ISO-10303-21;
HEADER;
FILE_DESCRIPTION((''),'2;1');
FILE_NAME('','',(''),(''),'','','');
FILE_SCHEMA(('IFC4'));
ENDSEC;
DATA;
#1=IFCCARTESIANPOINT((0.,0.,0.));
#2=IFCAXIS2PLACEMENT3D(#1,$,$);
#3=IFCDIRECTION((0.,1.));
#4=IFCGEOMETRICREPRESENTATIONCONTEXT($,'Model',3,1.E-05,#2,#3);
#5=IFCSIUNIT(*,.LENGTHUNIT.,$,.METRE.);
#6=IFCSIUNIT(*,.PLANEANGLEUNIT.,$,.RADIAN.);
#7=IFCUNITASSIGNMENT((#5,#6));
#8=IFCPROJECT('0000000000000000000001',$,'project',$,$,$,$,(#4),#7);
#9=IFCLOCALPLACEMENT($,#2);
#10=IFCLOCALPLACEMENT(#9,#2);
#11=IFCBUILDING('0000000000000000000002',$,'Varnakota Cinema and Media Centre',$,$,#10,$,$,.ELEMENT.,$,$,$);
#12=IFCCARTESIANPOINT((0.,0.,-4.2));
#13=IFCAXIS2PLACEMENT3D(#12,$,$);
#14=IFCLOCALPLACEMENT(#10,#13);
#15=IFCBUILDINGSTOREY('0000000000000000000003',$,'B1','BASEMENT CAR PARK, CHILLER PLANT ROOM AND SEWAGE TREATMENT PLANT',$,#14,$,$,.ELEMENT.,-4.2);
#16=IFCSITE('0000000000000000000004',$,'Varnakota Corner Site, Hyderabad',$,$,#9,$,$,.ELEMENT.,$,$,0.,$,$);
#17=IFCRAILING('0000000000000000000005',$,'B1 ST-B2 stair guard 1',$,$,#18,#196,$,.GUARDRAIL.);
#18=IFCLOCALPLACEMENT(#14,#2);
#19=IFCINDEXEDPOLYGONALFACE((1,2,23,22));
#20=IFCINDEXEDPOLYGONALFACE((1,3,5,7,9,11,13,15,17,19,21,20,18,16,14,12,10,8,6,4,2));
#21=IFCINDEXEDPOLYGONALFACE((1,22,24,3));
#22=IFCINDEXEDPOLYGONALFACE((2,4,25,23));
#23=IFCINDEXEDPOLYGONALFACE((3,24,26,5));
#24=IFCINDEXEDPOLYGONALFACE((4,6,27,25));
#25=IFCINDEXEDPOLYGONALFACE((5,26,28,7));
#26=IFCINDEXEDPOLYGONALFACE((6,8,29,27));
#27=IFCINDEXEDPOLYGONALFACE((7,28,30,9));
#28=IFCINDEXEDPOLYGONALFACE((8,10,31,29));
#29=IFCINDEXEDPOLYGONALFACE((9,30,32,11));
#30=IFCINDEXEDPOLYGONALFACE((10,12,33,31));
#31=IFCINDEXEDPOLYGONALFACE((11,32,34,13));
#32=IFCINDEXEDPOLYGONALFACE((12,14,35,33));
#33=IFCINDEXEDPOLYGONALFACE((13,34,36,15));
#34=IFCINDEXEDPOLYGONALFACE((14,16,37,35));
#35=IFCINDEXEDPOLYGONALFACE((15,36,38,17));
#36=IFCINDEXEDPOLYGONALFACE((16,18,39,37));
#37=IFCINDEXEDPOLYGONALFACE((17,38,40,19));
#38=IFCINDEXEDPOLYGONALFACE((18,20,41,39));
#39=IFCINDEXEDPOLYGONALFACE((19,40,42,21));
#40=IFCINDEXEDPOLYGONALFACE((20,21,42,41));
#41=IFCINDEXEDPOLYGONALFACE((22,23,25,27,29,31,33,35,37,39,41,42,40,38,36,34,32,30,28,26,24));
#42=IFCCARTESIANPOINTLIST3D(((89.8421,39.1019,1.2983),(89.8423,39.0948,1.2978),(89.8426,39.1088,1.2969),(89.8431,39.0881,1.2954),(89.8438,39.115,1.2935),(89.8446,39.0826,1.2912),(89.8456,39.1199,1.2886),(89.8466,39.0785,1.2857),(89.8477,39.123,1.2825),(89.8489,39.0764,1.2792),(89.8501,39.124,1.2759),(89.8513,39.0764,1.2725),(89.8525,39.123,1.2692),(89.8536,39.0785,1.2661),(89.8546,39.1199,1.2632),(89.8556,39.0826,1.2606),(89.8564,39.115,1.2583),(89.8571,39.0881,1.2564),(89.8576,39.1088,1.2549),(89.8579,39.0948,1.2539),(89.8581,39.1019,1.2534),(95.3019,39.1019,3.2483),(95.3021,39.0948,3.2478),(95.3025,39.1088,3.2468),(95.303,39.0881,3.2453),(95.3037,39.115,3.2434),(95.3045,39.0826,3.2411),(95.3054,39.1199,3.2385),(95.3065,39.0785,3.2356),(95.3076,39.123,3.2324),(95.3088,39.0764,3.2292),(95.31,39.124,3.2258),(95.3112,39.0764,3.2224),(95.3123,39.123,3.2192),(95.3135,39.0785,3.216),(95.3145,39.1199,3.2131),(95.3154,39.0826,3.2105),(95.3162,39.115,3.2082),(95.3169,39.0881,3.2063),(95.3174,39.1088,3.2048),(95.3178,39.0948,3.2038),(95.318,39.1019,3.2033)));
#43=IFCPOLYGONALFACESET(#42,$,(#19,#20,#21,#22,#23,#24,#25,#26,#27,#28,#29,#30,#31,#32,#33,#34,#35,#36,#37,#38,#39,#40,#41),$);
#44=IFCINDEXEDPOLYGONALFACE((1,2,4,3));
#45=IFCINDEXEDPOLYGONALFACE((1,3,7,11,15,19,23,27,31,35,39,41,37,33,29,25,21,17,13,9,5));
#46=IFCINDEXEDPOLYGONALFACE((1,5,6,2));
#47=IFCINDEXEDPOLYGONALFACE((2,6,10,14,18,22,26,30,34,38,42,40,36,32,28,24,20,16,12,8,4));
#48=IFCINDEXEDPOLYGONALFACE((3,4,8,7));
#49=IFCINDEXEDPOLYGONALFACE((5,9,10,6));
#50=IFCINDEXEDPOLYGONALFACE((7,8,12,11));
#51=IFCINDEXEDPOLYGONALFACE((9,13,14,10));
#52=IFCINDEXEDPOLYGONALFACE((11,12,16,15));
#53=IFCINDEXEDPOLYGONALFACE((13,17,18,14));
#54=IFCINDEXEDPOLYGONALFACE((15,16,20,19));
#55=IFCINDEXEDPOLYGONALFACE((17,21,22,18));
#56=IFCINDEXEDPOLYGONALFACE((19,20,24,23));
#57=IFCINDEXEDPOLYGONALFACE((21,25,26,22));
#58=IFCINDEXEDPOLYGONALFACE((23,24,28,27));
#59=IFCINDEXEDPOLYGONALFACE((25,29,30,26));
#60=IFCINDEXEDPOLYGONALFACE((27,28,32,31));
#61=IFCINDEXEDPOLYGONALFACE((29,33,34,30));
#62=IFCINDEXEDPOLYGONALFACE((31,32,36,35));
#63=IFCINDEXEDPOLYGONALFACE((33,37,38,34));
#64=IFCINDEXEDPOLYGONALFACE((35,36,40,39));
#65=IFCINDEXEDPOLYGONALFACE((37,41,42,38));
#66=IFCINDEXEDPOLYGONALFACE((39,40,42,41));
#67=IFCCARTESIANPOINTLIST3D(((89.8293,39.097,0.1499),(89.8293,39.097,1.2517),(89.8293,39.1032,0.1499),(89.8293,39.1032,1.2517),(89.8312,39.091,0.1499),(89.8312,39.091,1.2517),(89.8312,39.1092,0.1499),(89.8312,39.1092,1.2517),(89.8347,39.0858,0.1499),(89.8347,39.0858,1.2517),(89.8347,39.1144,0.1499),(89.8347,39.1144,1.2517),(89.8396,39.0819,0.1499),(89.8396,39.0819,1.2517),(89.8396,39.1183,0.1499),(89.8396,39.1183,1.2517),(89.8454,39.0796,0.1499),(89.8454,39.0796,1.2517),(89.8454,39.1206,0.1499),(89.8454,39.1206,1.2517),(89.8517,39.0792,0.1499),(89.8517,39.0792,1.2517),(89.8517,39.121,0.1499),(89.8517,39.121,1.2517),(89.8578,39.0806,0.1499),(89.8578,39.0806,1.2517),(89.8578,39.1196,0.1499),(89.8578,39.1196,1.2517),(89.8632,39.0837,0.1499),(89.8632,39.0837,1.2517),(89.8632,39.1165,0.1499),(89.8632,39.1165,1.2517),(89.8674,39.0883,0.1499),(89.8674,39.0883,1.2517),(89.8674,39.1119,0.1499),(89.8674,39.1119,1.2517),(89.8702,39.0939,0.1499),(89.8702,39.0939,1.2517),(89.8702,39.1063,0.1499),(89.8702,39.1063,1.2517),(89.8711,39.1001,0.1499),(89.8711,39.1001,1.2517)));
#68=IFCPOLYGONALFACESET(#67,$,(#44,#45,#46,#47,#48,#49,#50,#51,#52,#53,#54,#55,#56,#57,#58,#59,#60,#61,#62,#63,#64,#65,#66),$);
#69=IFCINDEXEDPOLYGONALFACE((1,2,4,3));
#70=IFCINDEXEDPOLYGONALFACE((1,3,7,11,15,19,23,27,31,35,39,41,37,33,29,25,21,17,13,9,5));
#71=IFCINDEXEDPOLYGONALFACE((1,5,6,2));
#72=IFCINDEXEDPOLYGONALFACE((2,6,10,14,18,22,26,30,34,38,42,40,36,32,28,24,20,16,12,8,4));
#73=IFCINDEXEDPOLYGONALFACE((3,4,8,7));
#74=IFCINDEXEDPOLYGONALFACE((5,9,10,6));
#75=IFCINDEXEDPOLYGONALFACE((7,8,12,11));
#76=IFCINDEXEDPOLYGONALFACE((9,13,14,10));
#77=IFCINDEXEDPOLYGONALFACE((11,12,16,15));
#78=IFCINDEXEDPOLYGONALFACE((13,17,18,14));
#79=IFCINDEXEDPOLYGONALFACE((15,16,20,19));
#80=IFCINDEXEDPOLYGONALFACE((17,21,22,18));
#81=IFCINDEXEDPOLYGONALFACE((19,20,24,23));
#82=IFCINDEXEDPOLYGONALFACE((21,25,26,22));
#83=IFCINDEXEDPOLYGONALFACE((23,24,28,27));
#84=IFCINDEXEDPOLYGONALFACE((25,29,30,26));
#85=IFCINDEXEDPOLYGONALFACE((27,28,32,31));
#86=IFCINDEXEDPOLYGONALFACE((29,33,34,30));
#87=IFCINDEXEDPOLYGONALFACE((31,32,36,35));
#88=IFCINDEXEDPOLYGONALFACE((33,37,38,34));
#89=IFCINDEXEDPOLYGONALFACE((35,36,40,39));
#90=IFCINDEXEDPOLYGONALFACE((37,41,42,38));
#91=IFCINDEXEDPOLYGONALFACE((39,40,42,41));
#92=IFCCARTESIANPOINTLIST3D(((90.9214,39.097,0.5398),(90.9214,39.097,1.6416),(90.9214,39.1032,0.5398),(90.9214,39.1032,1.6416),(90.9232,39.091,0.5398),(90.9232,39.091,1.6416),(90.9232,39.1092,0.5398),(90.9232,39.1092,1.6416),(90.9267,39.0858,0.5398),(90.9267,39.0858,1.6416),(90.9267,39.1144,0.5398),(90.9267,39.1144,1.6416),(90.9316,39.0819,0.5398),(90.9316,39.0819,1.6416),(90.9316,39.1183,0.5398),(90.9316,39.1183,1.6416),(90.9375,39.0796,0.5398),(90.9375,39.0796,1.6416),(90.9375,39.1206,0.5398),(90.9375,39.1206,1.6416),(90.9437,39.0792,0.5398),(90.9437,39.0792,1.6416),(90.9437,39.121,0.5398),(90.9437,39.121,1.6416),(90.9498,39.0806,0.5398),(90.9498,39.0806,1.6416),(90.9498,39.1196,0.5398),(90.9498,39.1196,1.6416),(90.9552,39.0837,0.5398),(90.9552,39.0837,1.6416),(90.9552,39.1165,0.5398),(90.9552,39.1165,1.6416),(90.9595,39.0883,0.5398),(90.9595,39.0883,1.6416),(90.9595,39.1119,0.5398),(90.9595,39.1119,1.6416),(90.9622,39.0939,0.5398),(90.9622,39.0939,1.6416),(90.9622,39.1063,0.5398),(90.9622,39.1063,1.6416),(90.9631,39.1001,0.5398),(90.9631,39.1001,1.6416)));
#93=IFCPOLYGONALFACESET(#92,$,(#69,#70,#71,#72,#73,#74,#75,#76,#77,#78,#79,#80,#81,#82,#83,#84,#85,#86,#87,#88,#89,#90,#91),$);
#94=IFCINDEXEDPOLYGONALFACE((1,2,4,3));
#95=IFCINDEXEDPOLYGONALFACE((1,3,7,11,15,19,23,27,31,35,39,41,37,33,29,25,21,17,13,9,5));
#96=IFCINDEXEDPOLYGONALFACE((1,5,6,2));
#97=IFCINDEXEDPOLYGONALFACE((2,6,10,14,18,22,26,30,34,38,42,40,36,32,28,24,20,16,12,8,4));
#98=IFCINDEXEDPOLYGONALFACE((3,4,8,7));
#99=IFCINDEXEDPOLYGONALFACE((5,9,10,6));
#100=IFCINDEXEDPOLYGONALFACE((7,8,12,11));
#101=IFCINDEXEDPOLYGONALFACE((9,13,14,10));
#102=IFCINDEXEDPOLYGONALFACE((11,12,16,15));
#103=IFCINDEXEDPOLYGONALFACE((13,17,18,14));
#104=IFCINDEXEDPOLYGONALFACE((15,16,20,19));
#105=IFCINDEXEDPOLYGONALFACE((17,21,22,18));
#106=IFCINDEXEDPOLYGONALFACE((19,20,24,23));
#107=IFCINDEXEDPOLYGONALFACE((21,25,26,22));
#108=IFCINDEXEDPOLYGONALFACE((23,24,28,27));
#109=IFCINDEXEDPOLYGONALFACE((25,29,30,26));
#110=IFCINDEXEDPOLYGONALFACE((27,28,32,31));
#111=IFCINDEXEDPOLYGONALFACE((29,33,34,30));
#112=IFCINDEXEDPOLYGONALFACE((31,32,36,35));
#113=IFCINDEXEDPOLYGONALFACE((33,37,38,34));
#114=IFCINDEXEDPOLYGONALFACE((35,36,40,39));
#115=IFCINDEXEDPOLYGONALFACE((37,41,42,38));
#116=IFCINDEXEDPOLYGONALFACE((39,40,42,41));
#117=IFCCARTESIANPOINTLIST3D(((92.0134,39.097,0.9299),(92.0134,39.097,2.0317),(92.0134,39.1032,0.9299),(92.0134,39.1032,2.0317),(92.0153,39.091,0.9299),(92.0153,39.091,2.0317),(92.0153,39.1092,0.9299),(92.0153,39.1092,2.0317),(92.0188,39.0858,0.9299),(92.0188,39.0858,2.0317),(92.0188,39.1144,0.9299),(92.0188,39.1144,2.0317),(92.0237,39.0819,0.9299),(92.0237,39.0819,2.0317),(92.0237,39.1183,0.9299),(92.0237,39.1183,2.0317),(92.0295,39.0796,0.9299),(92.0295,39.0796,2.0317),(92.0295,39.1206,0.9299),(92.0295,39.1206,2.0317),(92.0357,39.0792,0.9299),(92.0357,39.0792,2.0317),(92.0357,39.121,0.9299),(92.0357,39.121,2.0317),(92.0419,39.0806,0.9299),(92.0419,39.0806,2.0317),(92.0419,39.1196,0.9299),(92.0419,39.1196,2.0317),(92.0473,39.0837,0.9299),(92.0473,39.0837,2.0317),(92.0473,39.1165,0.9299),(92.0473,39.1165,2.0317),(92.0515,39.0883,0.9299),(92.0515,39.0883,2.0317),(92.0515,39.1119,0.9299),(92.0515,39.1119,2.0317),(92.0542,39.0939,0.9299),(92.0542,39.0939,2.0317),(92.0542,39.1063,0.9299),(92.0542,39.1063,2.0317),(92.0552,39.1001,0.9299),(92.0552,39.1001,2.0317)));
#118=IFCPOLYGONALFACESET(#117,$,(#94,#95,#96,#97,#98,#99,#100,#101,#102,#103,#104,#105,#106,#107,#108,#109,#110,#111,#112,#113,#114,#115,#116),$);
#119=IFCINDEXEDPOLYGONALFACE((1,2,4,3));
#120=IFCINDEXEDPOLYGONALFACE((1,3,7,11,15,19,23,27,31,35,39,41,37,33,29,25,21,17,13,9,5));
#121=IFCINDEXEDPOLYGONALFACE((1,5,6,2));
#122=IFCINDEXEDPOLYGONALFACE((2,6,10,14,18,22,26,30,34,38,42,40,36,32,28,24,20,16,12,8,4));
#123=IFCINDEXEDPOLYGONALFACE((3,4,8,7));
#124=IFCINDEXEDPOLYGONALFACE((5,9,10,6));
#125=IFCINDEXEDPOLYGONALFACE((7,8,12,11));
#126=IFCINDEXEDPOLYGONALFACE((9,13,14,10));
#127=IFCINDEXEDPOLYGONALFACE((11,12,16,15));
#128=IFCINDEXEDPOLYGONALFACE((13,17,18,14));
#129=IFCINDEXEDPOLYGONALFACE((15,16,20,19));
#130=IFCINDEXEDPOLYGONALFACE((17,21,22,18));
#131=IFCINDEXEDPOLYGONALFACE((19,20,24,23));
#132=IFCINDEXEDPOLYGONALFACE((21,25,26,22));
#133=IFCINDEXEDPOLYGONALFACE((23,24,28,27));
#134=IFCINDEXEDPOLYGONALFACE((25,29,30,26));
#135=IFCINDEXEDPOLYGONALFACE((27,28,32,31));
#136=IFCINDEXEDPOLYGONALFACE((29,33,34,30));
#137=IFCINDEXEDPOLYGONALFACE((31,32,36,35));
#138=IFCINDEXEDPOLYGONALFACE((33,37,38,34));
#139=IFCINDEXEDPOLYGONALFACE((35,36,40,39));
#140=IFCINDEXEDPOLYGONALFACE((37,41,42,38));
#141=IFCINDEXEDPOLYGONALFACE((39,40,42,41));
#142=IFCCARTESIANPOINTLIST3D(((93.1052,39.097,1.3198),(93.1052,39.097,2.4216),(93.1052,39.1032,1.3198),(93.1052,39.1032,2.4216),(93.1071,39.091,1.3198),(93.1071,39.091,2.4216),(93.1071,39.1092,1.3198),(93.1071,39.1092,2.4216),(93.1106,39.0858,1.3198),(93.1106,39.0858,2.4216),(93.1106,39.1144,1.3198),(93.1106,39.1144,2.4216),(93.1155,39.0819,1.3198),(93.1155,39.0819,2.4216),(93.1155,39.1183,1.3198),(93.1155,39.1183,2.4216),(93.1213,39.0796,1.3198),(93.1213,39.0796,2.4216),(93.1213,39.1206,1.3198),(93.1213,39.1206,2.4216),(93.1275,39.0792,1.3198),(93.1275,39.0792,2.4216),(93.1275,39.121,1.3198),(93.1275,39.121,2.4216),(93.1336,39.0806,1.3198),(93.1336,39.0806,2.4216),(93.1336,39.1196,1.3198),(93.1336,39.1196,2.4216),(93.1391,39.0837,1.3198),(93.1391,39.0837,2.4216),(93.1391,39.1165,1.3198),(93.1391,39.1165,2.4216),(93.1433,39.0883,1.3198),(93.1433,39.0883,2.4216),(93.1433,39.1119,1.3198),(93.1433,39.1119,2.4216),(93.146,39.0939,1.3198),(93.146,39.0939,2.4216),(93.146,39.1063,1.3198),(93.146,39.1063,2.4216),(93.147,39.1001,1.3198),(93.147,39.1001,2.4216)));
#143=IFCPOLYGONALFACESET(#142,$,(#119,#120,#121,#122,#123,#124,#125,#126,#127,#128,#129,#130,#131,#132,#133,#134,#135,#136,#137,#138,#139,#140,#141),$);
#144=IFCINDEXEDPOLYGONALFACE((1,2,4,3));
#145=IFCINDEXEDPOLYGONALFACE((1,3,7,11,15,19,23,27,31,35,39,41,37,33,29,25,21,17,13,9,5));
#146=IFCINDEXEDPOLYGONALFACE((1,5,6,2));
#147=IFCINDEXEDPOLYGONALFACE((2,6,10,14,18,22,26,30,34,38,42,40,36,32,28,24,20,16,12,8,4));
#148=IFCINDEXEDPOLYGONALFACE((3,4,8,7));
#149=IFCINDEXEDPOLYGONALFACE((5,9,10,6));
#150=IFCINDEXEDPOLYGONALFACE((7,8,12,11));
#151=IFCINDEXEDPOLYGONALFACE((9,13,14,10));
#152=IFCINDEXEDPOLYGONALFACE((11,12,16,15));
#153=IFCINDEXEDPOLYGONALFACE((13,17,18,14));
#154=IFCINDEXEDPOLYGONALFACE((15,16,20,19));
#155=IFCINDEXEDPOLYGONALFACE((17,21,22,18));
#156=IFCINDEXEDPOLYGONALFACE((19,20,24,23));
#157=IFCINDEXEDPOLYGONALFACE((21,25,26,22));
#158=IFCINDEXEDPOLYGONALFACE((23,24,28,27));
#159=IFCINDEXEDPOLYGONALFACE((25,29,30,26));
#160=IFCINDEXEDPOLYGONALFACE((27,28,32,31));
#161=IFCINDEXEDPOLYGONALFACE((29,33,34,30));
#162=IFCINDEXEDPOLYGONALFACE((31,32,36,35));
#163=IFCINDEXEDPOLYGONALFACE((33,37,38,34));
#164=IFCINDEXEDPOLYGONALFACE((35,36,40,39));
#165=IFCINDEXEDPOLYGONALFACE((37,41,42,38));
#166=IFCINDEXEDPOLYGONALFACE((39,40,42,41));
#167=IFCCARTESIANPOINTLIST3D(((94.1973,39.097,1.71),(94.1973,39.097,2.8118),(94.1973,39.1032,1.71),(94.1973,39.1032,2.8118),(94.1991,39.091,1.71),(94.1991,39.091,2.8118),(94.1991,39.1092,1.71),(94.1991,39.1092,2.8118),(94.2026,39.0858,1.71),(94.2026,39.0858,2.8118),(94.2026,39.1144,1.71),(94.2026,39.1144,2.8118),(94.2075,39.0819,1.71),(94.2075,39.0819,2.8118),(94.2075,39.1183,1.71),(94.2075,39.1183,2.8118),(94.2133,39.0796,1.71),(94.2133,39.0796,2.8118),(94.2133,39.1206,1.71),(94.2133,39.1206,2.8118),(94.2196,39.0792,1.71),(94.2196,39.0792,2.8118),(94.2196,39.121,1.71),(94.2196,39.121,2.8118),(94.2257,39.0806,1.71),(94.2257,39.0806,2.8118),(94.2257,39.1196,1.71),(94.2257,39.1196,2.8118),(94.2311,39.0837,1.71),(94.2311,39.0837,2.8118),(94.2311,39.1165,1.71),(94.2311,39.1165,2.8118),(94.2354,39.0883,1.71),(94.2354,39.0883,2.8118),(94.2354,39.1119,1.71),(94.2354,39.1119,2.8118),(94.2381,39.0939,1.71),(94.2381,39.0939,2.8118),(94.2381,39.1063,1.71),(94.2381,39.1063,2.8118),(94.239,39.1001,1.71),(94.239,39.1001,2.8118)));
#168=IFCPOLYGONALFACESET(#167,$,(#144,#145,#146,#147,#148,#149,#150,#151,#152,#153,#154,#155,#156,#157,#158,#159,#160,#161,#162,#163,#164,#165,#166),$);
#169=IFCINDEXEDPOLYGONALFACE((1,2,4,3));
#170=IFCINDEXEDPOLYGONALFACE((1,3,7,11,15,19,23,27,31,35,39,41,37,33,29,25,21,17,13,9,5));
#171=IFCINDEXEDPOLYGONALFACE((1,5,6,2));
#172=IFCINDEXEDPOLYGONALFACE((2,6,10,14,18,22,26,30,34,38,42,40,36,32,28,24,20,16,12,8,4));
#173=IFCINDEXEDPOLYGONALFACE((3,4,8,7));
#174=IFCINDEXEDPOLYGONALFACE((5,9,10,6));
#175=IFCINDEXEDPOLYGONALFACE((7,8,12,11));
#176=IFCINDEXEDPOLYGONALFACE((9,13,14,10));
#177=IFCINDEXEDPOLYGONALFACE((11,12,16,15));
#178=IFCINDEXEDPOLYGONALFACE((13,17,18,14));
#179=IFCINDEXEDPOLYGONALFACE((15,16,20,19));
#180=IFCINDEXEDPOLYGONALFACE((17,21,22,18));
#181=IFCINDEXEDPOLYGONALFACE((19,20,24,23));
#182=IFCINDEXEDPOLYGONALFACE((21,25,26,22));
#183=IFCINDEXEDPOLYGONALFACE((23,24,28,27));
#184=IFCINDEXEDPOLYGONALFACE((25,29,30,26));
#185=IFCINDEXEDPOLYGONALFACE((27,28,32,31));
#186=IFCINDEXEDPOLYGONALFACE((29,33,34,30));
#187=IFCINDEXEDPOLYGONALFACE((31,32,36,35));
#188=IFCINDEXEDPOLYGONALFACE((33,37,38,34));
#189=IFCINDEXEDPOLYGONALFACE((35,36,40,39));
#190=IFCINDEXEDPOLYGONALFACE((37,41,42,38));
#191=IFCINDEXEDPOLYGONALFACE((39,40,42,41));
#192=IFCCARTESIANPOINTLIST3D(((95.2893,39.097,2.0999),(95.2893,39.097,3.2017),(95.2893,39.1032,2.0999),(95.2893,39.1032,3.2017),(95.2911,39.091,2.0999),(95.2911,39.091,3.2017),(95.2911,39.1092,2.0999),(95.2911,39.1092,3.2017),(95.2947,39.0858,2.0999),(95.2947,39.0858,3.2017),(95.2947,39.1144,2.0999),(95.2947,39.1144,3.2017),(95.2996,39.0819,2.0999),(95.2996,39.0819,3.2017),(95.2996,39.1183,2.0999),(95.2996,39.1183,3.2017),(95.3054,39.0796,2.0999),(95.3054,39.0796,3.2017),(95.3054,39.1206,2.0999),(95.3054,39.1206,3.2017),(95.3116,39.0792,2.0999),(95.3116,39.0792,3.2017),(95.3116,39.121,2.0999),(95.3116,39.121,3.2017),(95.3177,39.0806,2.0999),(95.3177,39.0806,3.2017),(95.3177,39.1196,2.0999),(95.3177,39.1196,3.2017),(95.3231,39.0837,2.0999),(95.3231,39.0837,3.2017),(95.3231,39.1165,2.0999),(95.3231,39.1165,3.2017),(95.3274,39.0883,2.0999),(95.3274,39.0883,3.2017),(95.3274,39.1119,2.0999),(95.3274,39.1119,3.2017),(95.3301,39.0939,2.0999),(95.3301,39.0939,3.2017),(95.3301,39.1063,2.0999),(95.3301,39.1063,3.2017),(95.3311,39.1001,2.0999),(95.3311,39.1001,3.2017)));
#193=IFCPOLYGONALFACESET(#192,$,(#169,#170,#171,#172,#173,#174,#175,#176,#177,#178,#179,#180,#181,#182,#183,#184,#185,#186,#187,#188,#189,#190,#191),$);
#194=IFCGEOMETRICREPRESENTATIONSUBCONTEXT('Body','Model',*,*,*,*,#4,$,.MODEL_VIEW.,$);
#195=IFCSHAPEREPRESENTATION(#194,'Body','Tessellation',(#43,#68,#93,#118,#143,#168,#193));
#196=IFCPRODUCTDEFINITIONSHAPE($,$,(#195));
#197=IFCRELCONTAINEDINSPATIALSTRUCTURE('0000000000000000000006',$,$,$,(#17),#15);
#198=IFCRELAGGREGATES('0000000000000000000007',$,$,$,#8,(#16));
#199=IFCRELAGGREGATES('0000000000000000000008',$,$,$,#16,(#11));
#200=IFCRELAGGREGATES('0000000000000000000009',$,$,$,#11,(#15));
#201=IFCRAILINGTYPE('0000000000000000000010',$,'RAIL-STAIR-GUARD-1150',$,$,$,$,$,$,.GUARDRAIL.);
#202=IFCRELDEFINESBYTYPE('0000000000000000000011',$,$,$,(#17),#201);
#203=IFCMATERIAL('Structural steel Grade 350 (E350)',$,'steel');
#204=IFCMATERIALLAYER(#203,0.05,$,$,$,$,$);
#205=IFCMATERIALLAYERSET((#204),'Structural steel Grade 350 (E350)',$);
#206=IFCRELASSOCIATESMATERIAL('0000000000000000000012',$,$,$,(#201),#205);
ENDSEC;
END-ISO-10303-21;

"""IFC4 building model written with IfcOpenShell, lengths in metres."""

from ifc_helpers import new_model, si_unit, direction, frame, origin, origin_2d, place, context, subcontext, project, spatial, circle, extrude, material, layer, layer_set, type_object, element, save


model = new_model("IFC4")

# Units and contexts
model_context = context("Model", 3, precision=1e-05, world=origin(), true_north=direction((0.0, 1.0)))
body_context = subcontext(model_context, "Body", "Model", "MODEL_VIEW")
ifc_project = project(units=[si_unit("LENGTHUNIT", "METRE"), si_unit("PLANEANGLEUNIT", "RADIAN")], contexts=[model_context])

# Site, building, storey
site_placement = place(None, origin())
site = spatial("IfcSite", under=ifc_project, at=site_placement, Name="Varnakota Corner Site, Hyderabad", CompositionType="ELEMENT", RefElevation=0.0)
building_placement = place(site_placement, origin())
building = spatial("IfcBuilding", under=site, at=building_placement, Name="Varnakota Cinema and Media Centre", CompositionType="ELEMENT")
storey_placement = place(building_placement, frame((0.0, 0.0, -4.2)))
storey = spatial("IfcBuildingStorey", under=building, at=storey_placement, Name="B1", Description="BASEMENT CAR PARK, CHILLER PLANT ROOM AND SEWAGE TREATMENT PLANT", CompositionType="ELEMENT", Elevation=-4.2)

# Railing
ifc_material_1 = material(Name="Structural steel Grade 350 (E350)", Category="steel")
ifc_layer_1 = layer(ifc_material_1, 0.05)
ifc_layer_set_1 = layer_set([ifc_layer_1], Name="Structural steel Grade 350 (E350)")
railing_type_1 = type_object("IfcRailingType", Name="RAIL-STAIR-GUARD-1150", PredefinedType="GUARDRAIL", material=ifc_layer_set_1)
railing_1_placement = place(storey_placement, frame((89.8501, 39.1001, 0.1499)))
element("IfcRailing", 1, at=railing_1_placement, inside=storey, type_object=railing_type_1, Name="B1 ST-B2 stair guard 1", PredefinedType="GUARDRAIL", context=body_context, shape_type="SweptSolid", body=[
    extrude(circle(Radius=0.0239, at=origin_2d()), frame((0.0, 0.0, 1.126), z_axis=(0.941744, 0.0, 0.336331), x_axis=(0.0, 1.0, 0.0)), (0.0, 0.0, 1.0), 5.7976),
    extrude(circle(Radius=0.021, at=origin_2d()), origin(), (0.0, 0.0, 1.0), 1.1018),
    extrude(circle(Radius=0.021, at=origin_2d()), frame((1.092, 0.0, 0.3899)), (0.0, 0.0, 1.0), 1.1018),
    extrude(circle(Radius=0.021, at=origin_2d()), frame((2.1841, 0.0, 0.78)), (0.0, 0.0, 1.0), 1.1018),
    extrude(circle(Radius=0.021, at=origin_2d()), frame((3.2759, 0.0, 1.1699)), (0.0, 0.0, 1.0), 1.1018),
    extrude(circle(Radius=0.021, at=origin_2d()), frame((4.3679, 0.0, 1.5601)), (0.0, 0.0, 1.0), 1.1018),
    extrude(circle(Radius=0.021, at=origin_2d()), frame((5.46, 0.0, 1.95)), (0.0, 0.0, 1.0), 1.1018),
])

save(model, "model.ifc")
